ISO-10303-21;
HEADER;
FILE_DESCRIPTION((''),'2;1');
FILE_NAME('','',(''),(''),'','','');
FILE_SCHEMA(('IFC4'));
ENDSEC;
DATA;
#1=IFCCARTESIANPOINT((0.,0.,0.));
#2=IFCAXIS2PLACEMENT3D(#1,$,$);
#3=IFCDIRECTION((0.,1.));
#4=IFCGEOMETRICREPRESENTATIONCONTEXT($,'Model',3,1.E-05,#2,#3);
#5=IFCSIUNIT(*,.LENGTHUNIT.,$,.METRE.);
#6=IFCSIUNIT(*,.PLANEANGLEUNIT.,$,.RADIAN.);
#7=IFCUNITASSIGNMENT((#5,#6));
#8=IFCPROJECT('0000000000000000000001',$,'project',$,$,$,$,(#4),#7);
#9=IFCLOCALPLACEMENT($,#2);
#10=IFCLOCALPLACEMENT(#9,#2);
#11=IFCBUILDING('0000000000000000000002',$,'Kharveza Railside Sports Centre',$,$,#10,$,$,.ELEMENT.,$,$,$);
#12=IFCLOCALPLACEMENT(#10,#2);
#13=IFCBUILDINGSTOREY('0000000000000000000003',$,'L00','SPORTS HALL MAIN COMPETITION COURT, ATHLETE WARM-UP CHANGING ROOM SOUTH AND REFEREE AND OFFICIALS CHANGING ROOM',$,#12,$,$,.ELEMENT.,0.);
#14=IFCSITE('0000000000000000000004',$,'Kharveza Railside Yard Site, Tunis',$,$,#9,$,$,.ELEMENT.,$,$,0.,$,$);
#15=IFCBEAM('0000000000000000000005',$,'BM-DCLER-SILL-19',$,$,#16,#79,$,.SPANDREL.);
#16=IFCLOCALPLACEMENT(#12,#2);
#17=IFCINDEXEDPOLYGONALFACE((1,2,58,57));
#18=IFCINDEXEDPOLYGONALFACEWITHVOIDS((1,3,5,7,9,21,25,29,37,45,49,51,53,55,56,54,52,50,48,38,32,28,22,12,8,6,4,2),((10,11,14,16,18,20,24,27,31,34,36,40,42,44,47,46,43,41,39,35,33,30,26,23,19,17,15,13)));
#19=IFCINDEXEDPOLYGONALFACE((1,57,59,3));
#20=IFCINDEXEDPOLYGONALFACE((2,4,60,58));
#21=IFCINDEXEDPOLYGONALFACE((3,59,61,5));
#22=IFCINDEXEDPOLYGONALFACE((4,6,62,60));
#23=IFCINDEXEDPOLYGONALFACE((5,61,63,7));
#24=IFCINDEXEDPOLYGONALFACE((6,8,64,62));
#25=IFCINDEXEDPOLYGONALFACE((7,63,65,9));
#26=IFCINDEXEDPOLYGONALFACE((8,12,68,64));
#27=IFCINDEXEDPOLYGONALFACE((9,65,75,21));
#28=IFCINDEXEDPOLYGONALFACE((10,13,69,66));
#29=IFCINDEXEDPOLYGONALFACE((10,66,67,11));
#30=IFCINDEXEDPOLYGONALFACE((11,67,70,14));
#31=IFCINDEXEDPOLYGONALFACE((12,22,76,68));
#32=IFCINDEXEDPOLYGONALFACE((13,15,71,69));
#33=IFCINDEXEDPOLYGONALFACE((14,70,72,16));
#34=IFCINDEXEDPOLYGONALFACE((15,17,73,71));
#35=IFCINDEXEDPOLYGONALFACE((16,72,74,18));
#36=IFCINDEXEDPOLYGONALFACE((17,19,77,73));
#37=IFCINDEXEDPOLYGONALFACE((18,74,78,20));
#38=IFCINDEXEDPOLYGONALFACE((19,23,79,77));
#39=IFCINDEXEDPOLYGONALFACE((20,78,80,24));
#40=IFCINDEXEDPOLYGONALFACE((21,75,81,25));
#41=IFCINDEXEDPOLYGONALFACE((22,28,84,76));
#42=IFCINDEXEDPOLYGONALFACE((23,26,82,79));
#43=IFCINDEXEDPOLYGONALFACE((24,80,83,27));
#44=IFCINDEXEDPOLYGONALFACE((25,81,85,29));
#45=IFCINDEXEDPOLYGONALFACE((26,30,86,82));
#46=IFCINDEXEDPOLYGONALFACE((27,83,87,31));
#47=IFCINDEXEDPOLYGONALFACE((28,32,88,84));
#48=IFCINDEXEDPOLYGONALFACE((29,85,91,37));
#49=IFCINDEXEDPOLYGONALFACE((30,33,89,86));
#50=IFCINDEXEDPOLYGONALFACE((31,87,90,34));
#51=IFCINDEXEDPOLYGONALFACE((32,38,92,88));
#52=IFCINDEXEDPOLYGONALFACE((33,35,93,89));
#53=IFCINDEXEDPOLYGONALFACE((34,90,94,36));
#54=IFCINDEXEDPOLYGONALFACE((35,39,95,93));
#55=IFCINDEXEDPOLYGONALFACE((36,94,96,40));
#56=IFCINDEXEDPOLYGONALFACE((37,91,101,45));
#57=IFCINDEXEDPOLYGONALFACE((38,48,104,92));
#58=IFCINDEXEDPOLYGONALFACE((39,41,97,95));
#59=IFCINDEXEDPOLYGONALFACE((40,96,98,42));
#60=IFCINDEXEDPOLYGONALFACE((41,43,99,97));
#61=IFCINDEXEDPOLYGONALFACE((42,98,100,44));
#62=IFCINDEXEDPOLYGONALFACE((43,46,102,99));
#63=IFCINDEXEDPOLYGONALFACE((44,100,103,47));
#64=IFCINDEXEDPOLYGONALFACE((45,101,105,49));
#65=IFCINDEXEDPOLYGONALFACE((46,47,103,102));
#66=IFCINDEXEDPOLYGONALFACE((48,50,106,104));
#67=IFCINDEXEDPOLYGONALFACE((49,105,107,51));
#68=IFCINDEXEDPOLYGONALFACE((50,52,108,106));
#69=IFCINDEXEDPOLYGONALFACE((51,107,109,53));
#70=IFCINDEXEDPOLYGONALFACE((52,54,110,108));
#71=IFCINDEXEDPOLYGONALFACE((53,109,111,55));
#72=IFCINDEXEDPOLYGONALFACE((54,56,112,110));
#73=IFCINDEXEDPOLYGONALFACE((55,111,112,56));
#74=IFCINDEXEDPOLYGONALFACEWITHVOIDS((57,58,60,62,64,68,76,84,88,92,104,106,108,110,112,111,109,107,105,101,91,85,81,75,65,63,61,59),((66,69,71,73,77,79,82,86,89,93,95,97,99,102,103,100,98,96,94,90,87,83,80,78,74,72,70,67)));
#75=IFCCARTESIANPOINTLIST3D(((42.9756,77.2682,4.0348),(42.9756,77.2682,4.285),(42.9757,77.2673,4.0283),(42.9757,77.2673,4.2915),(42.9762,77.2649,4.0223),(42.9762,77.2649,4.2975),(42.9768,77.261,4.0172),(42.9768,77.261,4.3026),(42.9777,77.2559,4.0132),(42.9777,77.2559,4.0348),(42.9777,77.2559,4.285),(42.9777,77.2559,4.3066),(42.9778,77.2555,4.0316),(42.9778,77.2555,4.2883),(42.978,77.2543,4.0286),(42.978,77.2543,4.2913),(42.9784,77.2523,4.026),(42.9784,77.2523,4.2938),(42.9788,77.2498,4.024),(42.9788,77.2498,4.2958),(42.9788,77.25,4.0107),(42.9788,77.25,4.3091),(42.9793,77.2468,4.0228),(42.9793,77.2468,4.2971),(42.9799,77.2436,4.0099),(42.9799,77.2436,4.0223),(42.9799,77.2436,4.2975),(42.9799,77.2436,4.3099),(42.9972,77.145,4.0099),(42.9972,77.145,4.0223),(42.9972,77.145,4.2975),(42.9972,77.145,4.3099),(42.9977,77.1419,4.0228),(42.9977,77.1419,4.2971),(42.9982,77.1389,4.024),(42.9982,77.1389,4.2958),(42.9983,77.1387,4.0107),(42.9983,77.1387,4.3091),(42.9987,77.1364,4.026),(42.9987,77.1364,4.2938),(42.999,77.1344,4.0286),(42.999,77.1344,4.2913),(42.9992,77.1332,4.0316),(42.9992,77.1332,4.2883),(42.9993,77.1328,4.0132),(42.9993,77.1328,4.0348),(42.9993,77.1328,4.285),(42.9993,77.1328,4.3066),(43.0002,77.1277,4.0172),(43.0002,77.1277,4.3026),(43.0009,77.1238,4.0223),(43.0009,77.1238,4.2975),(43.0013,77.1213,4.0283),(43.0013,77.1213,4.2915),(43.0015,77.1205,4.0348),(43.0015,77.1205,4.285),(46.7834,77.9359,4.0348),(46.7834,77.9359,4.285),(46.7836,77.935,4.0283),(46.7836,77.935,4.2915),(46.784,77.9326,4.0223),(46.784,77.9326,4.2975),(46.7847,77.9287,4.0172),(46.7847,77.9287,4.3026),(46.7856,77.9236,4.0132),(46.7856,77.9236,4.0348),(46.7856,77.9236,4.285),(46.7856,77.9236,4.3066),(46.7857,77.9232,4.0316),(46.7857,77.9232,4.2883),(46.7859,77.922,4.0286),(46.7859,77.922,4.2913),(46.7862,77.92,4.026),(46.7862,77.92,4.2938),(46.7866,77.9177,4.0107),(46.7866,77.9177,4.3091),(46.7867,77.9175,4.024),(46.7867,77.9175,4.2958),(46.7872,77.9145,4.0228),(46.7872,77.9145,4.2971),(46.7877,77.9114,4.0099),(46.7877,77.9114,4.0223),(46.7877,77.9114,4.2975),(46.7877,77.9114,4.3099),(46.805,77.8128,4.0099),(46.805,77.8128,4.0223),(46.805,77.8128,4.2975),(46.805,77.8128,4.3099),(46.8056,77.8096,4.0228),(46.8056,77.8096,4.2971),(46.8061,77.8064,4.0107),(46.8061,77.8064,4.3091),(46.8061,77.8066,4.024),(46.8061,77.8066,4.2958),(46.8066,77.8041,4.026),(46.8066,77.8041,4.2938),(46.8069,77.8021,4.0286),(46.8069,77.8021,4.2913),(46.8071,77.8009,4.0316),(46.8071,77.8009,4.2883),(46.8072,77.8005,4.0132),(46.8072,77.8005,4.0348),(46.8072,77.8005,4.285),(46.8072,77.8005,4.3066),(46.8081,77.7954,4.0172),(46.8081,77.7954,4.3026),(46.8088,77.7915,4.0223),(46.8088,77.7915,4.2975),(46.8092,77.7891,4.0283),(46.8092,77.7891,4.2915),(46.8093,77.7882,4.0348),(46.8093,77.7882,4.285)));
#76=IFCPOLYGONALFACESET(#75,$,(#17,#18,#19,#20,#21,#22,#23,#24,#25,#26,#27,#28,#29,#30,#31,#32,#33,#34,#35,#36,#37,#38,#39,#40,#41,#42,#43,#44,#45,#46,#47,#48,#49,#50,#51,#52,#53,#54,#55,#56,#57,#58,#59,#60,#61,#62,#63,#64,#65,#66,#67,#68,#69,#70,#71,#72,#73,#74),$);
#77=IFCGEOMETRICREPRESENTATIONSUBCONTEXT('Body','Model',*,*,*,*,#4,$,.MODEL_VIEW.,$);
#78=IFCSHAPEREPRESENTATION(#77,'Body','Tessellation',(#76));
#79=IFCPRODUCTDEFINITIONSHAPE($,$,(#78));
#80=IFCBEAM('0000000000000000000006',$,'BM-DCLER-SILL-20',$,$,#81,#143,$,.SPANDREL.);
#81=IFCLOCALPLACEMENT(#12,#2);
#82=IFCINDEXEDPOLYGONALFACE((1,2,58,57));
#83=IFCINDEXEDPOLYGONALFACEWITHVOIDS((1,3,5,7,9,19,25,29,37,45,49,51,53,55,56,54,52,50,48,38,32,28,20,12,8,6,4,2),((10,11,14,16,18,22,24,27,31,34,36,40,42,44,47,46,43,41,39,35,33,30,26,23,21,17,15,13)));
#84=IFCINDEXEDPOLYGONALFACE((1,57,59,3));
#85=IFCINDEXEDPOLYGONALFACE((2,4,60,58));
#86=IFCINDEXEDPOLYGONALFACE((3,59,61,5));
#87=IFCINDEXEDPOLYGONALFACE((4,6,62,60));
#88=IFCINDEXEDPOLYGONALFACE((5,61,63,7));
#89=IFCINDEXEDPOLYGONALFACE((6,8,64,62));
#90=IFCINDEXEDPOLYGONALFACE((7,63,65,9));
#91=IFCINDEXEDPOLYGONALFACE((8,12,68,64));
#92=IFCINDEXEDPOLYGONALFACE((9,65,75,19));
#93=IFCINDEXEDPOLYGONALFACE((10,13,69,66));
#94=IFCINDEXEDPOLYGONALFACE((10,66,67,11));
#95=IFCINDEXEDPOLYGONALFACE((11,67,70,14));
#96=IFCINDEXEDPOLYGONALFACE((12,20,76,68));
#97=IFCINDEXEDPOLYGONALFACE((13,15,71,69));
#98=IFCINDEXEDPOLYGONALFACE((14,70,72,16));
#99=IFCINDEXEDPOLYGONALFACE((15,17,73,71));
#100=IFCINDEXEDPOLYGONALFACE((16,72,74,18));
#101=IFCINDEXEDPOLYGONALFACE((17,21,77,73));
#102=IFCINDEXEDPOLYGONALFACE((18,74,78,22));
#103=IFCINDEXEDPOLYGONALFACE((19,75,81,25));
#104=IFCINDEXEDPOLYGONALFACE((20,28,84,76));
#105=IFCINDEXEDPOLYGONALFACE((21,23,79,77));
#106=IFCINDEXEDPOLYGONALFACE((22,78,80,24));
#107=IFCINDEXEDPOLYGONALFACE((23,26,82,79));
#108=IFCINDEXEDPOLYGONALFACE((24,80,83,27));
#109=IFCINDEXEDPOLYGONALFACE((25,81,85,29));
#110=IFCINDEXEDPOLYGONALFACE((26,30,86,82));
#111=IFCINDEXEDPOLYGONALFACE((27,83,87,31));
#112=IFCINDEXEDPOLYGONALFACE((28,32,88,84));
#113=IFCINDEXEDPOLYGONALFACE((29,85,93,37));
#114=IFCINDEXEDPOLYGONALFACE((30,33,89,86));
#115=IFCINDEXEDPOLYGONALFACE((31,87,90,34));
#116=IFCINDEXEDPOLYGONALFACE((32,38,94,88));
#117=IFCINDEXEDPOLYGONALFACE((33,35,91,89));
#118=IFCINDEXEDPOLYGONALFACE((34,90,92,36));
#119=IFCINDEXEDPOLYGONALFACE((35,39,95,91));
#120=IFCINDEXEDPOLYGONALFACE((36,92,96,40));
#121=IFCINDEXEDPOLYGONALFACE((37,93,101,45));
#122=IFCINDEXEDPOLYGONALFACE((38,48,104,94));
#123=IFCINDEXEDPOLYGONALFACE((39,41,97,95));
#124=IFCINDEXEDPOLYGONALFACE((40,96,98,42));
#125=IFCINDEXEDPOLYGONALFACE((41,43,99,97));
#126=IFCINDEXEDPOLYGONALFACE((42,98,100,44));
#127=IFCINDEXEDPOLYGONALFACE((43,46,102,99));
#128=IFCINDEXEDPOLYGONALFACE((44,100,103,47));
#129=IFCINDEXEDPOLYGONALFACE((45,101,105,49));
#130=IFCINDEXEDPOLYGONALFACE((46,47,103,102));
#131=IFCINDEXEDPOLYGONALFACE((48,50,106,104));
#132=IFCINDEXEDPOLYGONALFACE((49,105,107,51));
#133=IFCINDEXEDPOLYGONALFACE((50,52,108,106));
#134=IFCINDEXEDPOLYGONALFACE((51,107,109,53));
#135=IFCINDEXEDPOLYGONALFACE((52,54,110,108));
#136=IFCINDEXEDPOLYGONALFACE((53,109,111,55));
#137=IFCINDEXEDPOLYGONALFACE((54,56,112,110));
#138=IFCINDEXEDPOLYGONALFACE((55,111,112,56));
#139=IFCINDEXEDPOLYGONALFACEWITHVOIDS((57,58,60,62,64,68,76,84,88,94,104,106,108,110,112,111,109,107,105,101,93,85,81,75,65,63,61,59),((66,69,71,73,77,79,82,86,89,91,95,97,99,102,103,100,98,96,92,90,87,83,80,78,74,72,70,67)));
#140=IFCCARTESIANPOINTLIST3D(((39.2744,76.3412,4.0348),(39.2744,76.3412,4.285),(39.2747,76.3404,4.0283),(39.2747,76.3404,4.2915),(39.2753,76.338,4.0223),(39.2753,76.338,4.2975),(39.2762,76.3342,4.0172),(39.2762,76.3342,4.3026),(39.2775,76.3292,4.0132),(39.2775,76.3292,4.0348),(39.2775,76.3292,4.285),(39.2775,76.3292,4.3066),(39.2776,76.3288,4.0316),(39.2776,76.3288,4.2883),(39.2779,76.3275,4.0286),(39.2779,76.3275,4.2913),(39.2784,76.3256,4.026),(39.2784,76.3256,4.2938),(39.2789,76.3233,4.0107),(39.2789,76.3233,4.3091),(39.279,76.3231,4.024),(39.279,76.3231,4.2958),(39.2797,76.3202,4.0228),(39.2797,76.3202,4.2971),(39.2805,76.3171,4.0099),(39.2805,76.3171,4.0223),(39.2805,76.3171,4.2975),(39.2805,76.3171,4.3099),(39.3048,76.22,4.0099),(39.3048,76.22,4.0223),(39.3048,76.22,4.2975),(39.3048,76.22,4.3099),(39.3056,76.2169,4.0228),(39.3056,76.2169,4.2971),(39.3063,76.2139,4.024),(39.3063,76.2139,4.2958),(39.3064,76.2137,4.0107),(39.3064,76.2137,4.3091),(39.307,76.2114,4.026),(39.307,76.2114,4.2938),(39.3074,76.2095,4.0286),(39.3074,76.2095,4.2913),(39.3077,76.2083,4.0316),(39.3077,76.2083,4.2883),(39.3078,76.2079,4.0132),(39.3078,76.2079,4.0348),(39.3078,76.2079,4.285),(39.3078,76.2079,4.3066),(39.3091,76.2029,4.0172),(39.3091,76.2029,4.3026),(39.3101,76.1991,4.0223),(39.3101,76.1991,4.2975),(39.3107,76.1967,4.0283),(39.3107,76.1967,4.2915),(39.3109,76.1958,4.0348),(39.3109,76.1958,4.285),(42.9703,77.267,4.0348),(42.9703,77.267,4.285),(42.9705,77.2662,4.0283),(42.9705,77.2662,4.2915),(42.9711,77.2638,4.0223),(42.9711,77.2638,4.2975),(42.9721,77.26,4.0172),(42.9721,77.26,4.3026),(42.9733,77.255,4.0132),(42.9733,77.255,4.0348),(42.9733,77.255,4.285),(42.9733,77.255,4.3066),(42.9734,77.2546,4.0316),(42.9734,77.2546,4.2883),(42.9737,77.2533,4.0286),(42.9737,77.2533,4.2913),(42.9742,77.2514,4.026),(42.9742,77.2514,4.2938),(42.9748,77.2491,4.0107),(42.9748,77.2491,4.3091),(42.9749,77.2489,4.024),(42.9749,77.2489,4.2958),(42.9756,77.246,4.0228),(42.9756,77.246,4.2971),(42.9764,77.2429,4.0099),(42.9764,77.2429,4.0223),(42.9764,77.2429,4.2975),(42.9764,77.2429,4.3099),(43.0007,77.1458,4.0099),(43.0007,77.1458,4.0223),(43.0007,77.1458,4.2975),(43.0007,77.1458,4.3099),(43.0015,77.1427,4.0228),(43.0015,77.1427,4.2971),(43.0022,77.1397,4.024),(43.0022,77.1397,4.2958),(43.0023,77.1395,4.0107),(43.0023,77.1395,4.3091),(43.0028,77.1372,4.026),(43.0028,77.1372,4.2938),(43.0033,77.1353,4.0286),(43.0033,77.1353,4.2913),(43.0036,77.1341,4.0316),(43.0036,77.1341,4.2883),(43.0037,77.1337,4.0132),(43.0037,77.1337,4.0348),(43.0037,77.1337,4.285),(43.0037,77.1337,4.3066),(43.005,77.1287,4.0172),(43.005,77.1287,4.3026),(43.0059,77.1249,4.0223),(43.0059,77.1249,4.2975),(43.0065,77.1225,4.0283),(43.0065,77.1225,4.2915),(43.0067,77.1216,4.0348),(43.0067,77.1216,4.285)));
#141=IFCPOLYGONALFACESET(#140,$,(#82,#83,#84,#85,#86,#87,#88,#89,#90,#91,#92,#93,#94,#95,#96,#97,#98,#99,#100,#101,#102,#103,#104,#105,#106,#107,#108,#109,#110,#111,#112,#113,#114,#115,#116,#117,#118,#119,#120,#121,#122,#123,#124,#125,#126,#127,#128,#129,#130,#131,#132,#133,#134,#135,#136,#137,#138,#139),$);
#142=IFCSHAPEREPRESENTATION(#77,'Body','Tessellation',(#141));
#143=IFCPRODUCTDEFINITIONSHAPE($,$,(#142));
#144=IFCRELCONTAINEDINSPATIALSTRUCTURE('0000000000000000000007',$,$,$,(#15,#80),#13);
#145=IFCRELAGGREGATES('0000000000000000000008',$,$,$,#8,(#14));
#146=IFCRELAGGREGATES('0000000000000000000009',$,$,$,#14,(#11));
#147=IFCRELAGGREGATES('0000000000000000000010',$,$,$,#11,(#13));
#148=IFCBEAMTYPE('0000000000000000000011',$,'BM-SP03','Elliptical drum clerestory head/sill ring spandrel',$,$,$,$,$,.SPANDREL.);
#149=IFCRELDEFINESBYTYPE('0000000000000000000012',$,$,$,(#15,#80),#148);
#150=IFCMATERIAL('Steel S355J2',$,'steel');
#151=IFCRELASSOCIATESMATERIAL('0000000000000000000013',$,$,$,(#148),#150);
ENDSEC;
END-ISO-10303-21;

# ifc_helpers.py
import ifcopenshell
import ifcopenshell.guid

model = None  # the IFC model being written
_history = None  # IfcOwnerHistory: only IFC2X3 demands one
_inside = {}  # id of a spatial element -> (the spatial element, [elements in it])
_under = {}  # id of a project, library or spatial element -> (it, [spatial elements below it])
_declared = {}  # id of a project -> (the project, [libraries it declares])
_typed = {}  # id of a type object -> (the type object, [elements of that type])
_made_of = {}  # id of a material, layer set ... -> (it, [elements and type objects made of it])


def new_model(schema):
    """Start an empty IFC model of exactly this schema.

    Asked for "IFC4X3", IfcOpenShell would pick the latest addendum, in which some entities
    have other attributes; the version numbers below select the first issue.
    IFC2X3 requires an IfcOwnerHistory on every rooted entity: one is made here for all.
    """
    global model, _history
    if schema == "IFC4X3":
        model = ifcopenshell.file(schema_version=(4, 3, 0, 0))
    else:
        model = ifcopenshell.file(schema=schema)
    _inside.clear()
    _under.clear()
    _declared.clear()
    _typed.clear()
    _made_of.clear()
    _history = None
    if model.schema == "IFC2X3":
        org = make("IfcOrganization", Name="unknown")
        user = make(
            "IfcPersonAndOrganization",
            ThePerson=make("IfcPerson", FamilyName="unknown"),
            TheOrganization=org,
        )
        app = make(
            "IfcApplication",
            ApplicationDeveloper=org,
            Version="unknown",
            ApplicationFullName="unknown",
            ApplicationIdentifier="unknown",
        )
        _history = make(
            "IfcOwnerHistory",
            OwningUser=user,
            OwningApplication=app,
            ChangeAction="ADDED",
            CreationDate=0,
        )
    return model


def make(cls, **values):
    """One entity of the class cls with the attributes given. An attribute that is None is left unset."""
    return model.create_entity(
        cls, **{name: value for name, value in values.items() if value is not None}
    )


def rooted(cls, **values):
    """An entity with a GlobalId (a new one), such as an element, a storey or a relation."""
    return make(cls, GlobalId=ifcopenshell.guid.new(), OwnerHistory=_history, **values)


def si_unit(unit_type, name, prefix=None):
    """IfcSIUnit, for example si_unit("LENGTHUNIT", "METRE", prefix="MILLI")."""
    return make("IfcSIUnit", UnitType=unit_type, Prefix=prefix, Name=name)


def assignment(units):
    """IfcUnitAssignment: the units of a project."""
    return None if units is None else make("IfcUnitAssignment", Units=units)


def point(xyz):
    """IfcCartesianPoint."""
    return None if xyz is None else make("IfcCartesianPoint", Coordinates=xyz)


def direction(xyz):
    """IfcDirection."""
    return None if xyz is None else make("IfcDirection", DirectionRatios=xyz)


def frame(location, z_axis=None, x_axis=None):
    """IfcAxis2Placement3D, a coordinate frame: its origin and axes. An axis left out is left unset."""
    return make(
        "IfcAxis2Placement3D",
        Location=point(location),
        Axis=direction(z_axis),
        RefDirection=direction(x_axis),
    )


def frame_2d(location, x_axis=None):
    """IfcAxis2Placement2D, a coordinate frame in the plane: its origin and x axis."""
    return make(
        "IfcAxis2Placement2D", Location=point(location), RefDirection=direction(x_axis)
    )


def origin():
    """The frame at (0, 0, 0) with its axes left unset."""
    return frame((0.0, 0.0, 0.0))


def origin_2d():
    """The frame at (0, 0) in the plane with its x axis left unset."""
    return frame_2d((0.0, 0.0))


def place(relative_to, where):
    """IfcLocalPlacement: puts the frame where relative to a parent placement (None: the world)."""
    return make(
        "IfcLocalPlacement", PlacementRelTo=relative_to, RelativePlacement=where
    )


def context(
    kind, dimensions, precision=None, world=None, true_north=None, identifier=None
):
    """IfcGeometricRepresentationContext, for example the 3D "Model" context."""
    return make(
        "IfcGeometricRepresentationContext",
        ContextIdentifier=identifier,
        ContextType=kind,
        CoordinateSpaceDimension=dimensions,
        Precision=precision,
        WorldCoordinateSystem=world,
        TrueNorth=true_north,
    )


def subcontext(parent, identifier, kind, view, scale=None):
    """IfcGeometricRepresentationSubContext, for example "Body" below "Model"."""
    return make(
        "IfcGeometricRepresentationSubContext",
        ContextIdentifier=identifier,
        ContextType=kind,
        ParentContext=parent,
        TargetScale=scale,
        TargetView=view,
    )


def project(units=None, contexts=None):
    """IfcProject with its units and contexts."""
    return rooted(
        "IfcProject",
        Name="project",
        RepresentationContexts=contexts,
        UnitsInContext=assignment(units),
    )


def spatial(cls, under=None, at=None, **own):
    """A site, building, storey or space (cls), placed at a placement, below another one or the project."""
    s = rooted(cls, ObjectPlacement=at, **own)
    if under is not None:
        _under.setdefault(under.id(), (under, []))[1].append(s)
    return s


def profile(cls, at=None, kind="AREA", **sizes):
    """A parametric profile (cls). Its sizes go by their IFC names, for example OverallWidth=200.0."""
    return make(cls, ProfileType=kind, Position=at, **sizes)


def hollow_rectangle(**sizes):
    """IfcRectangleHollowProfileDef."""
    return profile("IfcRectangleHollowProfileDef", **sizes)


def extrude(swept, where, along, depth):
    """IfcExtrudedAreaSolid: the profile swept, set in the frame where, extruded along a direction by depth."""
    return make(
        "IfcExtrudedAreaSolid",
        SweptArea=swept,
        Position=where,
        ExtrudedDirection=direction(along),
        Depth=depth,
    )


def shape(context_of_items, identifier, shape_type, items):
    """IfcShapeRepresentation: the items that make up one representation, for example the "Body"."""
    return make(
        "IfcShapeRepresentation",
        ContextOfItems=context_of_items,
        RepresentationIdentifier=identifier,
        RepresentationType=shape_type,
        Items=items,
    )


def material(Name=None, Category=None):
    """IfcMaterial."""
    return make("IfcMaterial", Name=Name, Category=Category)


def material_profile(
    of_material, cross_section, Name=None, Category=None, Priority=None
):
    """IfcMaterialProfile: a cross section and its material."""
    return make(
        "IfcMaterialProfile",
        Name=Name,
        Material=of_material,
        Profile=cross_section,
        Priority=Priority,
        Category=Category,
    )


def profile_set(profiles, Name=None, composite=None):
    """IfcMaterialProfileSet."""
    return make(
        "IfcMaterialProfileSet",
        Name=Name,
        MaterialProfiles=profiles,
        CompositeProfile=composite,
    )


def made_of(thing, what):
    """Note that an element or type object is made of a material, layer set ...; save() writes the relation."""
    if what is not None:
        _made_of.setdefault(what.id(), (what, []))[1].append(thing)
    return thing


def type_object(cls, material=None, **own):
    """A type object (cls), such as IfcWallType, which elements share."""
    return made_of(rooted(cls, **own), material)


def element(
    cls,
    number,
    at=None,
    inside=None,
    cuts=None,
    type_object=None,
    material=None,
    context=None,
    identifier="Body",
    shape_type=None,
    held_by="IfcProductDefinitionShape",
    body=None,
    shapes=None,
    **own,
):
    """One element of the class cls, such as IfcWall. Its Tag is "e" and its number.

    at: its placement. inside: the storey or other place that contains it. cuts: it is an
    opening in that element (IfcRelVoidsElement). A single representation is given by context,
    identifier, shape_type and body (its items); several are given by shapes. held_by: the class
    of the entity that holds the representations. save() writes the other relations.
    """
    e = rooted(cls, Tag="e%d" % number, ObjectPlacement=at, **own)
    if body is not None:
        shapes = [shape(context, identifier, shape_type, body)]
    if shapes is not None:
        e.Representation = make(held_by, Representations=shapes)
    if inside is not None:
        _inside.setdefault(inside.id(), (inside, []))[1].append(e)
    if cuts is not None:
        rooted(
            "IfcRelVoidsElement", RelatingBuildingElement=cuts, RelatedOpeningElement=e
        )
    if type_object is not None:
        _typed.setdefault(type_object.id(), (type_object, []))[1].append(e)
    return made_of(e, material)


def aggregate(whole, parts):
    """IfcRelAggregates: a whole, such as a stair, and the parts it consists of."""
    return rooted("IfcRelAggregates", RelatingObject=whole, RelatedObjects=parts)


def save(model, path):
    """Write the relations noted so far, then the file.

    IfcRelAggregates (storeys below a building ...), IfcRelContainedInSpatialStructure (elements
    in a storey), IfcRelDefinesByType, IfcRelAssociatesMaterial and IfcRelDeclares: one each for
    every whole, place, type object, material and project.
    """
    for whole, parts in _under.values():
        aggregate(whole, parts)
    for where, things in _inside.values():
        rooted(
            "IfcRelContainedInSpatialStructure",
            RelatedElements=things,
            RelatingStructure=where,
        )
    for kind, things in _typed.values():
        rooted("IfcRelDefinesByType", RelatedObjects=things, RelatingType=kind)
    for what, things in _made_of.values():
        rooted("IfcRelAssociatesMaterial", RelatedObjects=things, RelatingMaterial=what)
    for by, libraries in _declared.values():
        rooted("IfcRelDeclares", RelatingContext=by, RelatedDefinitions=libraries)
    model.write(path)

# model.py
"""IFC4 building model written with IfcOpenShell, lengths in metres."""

from ifc_helpers import new_model, si_unit, direction, frame, origin, origin_2d, place, context, subcontext, project, spatial, hollow_rectangle, extrude, material, material_profile, profile_set, type_object, element, save


model = new_model("IFC4")

# Units and contexts
model_context = context("Model", 3, precision=1e-05, world=origin(), true_north=direction((0.0, 1.0)))
body_context = subcontext(model_context, "Body", "Model", "MODEL_VIEW")
ifc_project = project(units=[si_unit("LENGTHUNIT", "METRE"), si_unit("PLANEANGLEUNIT", "RADIAN")], contexts=[model_context])

# Site, building, storey
site_placement = place(None, origin())
site = spatial("IfcSite", under=ifc_project, at=site_placement, Name="Kharveza Railside Yard Site, Tunis", CompositionType="ELEMENT", RefElevation=0.0)
building_placement = place(site_placement, origin())
building = spatial("IfcBuilding", under=site, at=building_placement, Name="Kharveza Railside Sports Centre", CompositionType="ELEMENT")
storey_placement = place(building_placement, origin())
storey = spatial("IfcBuildingStorey", under=building, at=storey_placement, Name="L00", Description="SPORTS HALL MAIN COMPETITION COURT, ATHLETE WARM-UP CHANGING ROOM SOUTH AND REFEREE AND OFFICIALS CHANGING ROOM", CompositionType="ELEMENT", Elevation=0.0)

# Shared definitions
ifc_material_1 = material(Name="Steel S355J2", Category="steel")

# Beams
ifc_material_profile_1 = material_profile(ifc_material_1, hollow_rectangle(XDim=0.1499, YDim=0.3, WallThickness=0.0125, InnerFilletRadius=0.0125, OuterFilletRadius=0.0249, at=origin_2d()), Name="RHS 150x300x12.5")
ifc_profile_set_1 = profile_set([ifc_material_profile_1], Name="Steel S355J2")
beam_type_1 = type_object("IfcBeamType", Name="BM-SP03", Description="Elliptical drum clerestory head/sill ring spandrel", PredefinedType="SPANDREL", material=ifc_profile_set_1)
beam_1_placement = place(storey_placement, frame((46.7964, 77.8621, 4.1599), z_axis=(-0.984971, -0.172719, 0.0), x_axis=(0.172719, -0.984971, 0.0)))
element("IfcBeam", 1, at=beam_1_placement, inside=storey, type_object=beam_type_1, Name="BM-DCLER-SILL-19", PredefinedType="SPANDREL", context=body_context, shape_type="SweptSolid", body=[
    extrude(hollow_rectangle(XDim=0.1499, YDim=0.3, WallThickness=0.0125, InnerFilletRadius=0.0125, OuterFilletRadius=0.0249, at=origin_2d()), origin(), (0.0, 0.0, 1.0), 3.866),
])
beam_2_placement = place(storey_placement, frame((42.9885, 77.1943, 4.1599), z_axis=(-0.970029, -0.242988, 0.0), x_axis=(0.242988, -0.970029, 0.0)))
element("IfcBeam", 2, at=beam_2_placement, inside=storey, type_object=beam_type_1, Name="BM-DCLER-SILL-20", PredefinedType="SPANDREL", context=body_context, shape_type="SweptSolid", body=[
    extrude(hollow_rectangle(XDim=0.1499, YDim=0.3, WallThickness=0.0125, InnerFilletRadius=0.0125, OuterFilletRadius=0.0249, at=origin_2d()), origin(), (0.0, 0.0, 1.0), 3.8101),
])

save(model, "model.ifc")
